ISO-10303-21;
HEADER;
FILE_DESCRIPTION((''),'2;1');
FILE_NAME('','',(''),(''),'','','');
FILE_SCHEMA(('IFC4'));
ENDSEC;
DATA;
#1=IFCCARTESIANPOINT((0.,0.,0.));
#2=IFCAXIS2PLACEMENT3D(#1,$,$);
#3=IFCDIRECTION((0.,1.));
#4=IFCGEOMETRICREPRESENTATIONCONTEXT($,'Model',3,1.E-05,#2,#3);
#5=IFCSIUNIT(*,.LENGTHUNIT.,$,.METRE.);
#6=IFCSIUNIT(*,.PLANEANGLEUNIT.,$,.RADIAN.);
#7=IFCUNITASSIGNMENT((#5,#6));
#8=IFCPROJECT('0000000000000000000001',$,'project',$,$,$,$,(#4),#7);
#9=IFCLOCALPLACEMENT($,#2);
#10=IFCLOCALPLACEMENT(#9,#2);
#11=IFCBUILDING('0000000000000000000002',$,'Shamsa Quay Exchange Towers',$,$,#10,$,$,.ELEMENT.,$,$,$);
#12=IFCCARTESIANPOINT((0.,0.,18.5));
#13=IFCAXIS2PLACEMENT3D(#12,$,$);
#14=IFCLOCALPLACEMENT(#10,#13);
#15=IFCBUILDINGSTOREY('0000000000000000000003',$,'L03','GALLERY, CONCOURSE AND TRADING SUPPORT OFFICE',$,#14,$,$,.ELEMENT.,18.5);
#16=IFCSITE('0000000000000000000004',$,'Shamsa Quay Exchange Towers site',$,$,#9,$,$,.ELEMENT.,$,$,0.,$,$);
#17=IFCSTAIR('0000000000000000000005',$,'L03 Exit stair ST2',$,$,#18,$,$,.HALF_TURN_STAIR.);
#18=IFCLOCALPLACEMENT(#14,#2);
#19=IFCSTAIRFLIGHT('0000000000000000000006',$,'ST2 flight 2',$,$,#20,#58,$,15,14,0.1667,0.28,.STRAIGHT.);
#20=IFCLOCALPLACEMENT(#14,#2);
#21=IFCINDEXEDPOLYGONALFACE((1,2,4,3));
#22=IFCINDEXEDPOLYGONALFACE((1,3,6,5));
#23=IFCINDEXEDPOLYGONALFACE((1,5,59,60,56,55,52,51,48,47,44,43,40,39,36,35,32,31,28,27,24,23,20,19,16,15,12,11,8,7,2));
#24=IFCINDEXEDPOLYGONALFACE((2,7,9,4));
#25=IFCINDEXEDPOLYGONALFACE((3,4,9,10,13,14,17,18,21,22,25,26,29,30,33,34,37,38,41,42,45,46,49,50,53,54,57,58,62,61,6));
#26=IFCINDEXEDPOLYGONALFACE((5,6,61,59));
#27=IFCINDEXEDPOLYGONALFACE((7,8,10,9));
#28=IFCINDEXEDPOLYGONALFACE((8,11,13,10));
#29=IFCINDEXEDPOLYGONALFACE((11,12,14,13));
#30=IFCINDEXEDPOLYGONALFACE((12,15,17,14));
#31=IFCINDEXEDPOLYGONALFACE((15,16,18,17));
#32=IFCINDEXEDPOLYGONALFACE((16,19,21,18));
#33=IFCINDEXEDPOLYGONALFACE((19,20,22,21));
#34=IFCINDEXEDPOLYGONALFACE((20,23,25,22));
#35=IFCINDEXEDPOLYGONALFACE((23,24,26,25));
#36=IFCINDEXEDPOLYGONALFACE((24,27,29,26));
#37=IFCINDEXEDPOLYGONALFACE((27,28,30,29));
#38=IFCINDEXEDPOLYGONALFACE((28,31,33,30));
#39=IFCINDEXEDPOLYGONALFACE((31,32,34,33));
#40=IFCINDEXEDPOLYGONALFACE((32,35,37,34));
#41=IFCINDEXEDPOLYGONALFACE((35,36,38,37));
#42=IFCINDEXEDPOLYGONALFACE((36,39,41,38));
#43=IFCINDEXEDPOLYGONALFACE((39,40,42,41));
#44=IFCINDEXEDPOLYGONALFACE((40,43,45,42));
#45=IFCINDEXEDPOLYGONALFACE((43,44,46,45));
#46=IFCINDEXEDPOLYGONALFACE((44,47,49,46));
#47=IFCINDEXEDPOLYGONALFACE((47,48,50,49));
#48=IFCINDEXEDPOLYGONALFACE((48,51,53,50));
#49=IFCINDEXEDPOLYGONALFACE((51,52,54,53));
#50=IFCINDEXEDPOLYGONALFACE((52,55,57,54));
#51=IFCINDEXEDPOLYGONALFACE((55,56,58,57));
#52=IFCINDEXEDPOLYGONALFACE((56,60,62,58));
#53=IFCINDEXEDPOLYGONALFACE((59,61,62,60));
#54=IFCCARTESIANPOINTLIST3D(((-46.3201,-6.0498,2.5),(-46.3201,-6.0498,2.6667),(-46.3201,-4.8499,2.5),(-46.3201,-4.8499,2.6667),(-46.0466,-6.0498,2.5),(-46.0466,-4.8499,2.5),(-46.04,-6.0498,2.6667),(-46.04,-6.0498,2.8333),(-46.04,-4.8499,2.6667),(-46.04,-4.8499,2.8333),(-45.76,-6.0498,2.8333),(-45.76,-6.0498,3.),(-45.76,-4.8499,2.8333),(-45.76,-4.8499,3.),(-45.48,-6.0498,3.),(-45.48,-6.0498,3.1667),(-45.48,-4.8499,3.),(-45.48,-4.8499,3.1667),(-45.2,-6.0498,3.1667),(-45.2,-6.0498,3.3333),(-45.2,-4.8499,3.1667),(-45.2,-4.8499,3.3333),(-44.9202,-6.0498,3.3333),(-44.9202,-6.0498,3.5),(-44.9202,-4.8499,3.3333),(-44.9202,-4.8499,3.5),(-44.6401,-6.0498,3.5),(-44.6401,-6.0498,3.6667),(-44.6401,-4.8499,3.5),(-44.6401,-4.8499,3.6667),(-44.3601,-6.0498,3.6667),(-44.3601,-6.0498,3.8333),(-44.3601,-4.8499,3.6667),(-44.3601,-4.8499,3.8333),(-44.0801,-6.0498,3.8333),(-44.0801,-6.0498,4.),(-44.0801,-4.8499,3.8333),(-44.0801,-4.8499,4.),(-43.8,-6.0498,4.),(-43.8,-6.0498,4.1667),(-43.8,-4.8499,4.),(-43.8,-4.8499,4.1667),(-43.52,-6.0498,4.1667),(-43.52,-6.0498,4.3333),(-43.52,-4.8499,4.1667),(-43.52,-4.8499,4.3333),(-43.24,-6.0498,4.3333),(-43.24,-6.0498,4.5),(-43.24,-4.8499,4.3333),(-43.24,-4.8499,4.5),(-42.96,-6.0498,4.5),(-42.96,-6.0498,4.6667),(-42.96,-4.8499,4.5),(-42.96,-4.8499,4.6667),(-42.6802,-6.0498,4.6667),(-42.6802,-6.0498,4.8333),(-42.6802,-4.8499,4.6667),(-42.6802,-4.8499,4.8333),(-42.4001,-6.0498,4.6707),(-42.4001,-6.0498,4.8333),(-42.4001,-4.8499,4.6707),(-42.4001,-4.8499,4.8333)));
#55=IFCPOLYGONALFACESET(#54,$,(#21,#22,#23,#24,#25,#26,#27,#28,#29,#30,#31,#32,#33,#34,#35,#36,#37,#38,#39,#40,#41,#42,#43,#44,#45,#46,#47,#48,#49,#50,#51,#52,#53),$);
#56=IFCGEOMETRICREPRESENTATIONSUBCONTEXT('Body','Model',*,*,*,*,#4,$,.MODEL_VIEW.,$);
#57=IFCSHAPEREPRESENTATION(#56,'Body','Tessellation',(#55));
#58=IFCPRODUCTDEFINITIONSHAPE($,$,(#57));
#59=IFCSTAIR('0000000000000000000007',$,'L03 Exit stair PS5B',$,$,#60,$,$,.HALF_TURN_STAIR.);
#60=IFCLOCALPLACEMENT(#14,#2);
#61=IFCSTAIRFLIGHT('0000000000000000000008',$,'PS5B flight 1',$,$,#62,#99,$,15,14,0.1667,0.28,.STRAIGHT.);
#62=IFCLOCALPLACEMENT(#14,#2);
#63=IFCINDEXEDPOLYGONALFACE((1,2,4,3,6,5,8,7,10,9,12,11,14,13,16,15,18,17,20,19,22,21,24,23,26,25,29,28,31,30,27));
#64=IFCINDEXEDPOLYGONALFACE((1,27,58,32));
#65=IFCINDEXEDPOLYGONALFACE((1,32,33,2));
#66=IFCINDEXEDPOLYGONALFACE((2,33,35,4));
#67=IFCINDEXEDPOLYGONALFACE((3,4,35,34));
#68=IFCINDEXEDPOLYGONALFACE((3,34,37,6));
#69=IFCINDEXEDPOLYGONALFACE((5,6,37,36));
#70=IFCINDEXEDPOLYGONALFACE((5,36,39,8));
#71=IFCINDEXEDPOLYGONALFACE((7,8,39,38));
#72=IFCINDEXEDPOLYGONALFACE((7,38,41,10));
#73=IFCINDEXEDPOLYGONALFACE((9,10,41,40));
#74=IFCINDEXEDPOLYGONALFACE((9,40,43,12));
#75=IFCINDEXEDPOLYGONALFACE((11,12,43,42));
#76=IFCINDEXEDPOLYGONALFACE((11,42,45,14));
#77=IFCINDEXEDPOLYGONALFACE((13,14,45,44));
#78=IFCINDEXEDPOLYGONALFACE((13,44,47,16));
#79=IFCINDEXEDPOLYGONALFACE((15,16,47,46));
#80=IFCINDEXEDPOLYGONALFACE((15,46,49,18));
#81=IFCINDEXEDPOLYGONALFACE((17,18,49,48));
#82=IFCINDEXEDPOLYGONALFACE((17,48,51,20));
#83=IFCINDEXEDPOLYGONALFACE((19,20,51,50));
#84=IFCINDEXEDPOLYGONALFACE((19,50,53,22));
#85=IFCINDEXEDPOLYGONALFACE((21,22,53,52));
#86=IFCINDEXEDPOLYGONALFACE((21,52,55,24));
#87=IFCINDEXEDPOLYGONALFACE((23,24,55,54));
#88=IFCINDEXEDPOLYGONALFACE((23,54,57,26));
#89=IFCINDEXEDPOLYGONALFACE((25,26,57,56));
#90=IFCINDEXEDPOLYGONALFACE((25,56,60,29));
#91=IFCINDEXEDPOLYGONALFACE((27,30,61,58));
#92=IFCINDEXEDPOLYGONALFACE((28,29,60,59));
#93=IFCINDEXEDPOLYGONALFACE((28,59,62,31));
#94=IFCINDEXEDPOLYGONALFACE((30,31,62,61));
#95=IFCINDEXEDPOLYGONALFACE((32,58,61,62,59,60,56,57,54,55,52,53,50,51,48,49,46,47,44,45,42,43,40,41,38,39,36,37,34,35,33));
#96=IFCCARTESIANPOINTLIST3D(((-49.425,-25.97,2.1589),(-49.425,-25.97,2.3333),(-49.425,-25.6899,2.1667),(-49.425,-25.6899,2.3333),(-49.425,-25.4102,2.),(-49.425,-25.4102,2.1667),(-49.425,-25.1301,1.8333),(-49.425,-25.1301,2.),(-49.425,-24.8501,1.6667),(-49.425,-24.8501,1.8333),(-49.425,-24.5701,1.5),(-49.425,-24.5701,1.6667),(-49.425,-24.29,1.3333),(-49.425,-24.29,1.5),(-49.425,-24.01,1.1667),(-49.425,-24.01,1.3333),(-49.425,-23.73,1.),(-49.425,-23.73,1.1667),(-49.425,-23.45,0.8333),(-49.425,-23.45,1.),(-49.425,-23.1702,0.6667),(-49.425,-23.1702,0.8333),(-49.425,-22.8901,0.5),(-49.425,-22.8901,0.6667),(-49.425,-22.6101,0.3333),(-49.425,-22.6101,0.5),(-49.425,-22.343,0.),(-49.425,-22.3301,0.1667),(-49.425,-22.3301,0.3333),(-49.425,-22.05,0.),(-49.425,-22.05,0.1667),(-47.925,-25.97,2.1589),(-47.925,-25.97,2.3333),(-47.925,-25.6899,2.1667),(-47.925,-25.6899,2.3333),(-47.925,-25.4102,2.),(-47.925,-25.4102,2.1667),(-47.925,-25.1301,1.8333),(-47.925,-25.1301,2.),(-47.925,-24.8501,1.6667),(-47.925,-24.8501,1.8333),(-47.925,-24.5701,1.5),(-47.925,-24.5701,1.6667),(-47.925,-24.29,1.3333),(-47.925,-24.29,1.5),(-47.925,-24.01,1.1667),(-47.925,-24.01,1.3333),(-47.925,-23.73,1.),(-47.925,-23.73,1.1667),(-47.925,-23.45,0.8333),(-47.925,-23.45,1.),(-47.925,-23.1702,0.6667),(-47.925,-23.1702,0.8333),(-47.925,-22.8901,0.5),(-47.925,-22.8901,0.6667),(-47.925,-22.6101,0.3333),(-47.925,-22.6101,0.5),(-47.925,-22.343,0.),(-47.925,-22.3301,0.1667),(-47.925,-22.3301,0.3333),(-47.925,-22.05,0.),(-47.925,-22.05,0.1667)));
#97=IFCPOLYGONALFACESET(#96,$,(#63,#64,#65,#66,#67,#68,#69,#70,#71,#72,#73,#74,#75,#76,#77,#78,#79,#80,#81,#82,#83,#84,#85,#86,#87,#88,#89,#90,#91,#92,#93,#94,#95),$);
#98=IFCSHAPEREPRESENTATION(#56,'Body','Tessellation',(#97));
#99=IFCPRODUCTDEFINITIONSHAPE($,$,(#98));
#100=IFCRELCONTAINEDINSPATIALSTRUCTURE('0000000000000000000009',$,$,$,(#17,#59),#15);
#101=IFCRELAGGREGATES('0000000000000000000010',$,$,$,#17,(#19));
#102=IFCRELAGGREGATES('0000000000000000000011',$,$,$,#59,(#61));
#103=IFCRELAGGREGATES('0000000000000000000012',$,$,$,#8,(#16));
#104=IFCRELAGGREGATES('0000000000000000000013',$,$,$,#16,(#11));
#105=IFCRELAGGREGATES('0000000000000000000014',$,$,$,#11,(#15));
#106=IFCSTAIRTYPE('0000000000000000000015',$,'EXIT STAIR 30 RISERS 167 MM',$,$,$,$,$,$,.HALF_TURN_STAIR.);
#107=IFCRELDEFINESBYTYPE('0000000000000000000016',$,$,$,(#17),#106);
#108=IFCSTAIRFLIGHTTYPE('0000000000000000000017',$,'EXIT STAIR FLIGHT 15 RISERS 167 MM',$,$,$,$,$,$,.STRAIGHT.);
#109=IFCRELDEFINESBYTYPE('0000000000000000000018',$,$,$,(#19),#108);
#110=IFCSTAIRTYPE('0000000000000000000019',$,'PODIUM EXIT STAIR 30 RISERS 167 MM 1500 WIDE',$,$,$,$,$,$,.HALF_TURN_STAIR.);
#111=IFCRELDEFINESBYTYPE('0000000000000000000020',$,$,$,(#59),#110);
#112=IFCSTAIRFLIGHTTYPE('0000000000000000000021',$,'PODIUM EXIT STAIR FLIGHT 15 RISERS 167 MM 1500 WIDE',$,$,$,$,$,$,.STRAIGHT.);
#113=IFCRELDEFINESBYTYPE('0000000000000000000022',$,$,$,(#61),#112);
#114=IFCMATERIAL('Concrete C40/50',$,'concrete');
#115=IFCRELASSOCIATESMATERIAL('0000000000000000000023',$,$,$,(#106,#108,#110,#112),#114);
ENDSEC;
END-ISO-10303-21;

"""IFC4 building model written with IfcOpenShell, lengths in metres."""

from ifc_helpers import new_model, si_unit, direction, frame, origin, place, context, subcontext, project, spatial, polyline, outline, extrude, material, type_object, element, aggregate, save


model = new_model("IFC4")

# Units and contexts
model_context = context("Model", 3, precision=1e-05, world=origin(), true_north=direction((0.0, 1.0)))
body_context = subcontext(model_context, "Body", "Model", "MODEL_VIEW")
ifc_project = project(units=[si_unit("LENGTHUNIT", "METRE"), si_unit("PLANEANGLEUNIT", "RADIAN")], contexts=[model_context])

# Site, building, storey
site_placement = place(None, origin())
site = spatial("IfcSite", under=ifc_project, at=site_placement, Name="Shamsa Quay Exchange Towers site", CompositionType="ELEMENT", RefElevation=0.0)
building_placement = place(site_placement, origin())
building = spatial("IfcBuilding", under=site, at=building_placement, Name="Shamsa Quay Exchange Towers", CompositionType="ELEMENT")
storey_placement = place(building_placement, frame((0.0, 0.0, 18.5)))
storey = spatial("IfcBuildingStorey", under=building, at=storey_placement, Name="L03", Description="GALLERY, CONCOURSE AND TRADING SUPPORT OFFICE", CompositionType="ELEMENT", Elevation=18.5)

# Stairs, stair flights
ifc_material_1 = material(Name="Concrete C40/50", Category="concrete")
stair_type_1 = type_object("IfcStairType", Name="EXIT STAIR 30 RISERS 167 MM", PredefinedType="HALF_TURN_STAIR", material=ifc_material_1)
stair_1_placement = place(storey_placement, origin())
stair_1 = element("IfcStair", 1, at=stair_1_placement, inside=storey, type_object=stair_type_1, Name="L03 Exit stair ST2", PredefinedType="HALF_TURN_STAIR")
stair_flight_type_1 = type_object("IfcStairFlightType", Name="EXIT STAIR FLIGHT 15 RISERS 167 MM", PredefinedType="STRAIGHT", material=ifc_material_1)
stair_flight_1_placement = place(storey_placement, frame((-46.3201, -5.45, 2.5)))
stair_flight_1 = element("IfcStairFlight", 2, at=stair_flight_1_placement, type_object=stair_flight_type_1, Name="ST2 flight 2", NumberOfRisers=15, NumberOfTreads=14, PredefinedType="STRAIGHT", RiserHeight=0.1667, TreadLength=0.28, context=body_context, shape_type="SweptSolid", body=[
    extrude(outline(polyline([(0.0, 0.0), (0.0, 0.1667), (0.28, 0.1667), (0.28, 0.3333), (0.5601, 0.3333), (0.5601, 0.5), (0.8401, 0.5), (0.8401, 0.6667), (1.1201, 0.6667), (1.1201, 0.8333), (1.3999, 0.8333), (1.3999, 1.0), (1.6799, 1.0), (1.6799, 1.1667), (1.96, 1.1667), (1.96, 1.3333), (2.24, 1.3333), (2.24, 1.5), (2.52, 1.5), (2.52, 1.6667), (2.8, 1.6667), (2.8, 1.8333), (3.0801, 1.8333), (3.0801, 2.0), (3.3601, 2.0), (3.3601, 2.1667), (3.6399, 2.1667), (3.6399, 2.3333), (3.9199, 2.3333), (3.9199, 2.5), (3.9199, 2.1707), (0.2734, 0.0), (0.0, 0.0)])), frame((0.0, 0.6001, 0.0), z_axis=(0.0, -1.0, 0.0), x_axis=(1.0, 0.0, 0.0)), (0.0, 0.0, 1.0), 1.2),
])
aggregate(stair_1, [stair_flight_1])
stair_type_2 = type_object("IfcStairType", Name="PODIUM EXIT STAIR 30 RISERS 167 MM 1500 WIDE", PredefinedType="HALF_TURN_STAIR", material=ifc_material_1)
stair_2_placement = place(storey_placement, origin())
stair_2 = element("IfcStair", 3, at=stair_2_placement, inside=storey, type_object=stair_type_2, Name="L03 Exit stair PS5B", PredefinedType="HALF_TURN_STAIR")
stair_flight_type_2 = type_object("IfcStairFlightType", Name="PODIUM EXIT STAIR FLIGHT 15 RISERS 167 MM 1500 WIDE", PredefinedType="STRAIGHT", material=ifc_material_1)
stair_flight_2_placement = place(storey_placement, frame((-48.675, -22.05, 0.0), z_axis=(0.0, 0.0, 1.0), x_axis=(0.0, -1.0, 0.0)))
stair_flight_2 = element("IfcStairFlight", 4, at=stair_flight_2_placement, type_object=stair_flight_type_2, Name="PS5B flight 1", NumberOfRisers=15, NumberOfTreads=14, PredefinedType="STRAIGHT", RiserHeight=0.1667, TreadLength=0.28, context=body_context, shape_type="SweptSolid", body=[
    extrude(outline(polyline([(0.0, 0.0), (0.0, 0.1667), (0.28, 0.1667), (0.28, 0.3333), (0.5601, 0.3333), (0.5601, 0.5), (0.8401, 0.5), (0.8401, 0.6667), (1.1201, 0.6667), (1.1201, 0.8333), (1.3999, 0.8333), (1.3999, 1.0), (1.6799, 1.0), (1.6799, 1.1667), (1.96, 1.1667), (1.96, 1.3333), (2.24, 1.3333), (2.24, 1.5), (2.52, 1.5), (2.52, 1.6667), (2.8, 1.6667), (2.8, 1.8333), (3.0801, 1.8333), (3.0801, 2.0), (3.3601, 2.0), (3.3601, 2.1667), (3.6399, 2.1667), (3.6399, 2.3333), (3.9199, 2.3333), (3.9199, 2.5), (3.9199, 2.1589), (0.293, 0.0), (0.0, 0.0)])), frame((0.0, 0.75, 0.0), z_axis=(0.0, -1.0, 0.0), x_axis=(1.0, 0.0, 0.0)), (0.0, 0.0, 1.0), 1.5),
])
aggregate(stair_2, [stair_flight_2])

save(model, "model.ifc")
